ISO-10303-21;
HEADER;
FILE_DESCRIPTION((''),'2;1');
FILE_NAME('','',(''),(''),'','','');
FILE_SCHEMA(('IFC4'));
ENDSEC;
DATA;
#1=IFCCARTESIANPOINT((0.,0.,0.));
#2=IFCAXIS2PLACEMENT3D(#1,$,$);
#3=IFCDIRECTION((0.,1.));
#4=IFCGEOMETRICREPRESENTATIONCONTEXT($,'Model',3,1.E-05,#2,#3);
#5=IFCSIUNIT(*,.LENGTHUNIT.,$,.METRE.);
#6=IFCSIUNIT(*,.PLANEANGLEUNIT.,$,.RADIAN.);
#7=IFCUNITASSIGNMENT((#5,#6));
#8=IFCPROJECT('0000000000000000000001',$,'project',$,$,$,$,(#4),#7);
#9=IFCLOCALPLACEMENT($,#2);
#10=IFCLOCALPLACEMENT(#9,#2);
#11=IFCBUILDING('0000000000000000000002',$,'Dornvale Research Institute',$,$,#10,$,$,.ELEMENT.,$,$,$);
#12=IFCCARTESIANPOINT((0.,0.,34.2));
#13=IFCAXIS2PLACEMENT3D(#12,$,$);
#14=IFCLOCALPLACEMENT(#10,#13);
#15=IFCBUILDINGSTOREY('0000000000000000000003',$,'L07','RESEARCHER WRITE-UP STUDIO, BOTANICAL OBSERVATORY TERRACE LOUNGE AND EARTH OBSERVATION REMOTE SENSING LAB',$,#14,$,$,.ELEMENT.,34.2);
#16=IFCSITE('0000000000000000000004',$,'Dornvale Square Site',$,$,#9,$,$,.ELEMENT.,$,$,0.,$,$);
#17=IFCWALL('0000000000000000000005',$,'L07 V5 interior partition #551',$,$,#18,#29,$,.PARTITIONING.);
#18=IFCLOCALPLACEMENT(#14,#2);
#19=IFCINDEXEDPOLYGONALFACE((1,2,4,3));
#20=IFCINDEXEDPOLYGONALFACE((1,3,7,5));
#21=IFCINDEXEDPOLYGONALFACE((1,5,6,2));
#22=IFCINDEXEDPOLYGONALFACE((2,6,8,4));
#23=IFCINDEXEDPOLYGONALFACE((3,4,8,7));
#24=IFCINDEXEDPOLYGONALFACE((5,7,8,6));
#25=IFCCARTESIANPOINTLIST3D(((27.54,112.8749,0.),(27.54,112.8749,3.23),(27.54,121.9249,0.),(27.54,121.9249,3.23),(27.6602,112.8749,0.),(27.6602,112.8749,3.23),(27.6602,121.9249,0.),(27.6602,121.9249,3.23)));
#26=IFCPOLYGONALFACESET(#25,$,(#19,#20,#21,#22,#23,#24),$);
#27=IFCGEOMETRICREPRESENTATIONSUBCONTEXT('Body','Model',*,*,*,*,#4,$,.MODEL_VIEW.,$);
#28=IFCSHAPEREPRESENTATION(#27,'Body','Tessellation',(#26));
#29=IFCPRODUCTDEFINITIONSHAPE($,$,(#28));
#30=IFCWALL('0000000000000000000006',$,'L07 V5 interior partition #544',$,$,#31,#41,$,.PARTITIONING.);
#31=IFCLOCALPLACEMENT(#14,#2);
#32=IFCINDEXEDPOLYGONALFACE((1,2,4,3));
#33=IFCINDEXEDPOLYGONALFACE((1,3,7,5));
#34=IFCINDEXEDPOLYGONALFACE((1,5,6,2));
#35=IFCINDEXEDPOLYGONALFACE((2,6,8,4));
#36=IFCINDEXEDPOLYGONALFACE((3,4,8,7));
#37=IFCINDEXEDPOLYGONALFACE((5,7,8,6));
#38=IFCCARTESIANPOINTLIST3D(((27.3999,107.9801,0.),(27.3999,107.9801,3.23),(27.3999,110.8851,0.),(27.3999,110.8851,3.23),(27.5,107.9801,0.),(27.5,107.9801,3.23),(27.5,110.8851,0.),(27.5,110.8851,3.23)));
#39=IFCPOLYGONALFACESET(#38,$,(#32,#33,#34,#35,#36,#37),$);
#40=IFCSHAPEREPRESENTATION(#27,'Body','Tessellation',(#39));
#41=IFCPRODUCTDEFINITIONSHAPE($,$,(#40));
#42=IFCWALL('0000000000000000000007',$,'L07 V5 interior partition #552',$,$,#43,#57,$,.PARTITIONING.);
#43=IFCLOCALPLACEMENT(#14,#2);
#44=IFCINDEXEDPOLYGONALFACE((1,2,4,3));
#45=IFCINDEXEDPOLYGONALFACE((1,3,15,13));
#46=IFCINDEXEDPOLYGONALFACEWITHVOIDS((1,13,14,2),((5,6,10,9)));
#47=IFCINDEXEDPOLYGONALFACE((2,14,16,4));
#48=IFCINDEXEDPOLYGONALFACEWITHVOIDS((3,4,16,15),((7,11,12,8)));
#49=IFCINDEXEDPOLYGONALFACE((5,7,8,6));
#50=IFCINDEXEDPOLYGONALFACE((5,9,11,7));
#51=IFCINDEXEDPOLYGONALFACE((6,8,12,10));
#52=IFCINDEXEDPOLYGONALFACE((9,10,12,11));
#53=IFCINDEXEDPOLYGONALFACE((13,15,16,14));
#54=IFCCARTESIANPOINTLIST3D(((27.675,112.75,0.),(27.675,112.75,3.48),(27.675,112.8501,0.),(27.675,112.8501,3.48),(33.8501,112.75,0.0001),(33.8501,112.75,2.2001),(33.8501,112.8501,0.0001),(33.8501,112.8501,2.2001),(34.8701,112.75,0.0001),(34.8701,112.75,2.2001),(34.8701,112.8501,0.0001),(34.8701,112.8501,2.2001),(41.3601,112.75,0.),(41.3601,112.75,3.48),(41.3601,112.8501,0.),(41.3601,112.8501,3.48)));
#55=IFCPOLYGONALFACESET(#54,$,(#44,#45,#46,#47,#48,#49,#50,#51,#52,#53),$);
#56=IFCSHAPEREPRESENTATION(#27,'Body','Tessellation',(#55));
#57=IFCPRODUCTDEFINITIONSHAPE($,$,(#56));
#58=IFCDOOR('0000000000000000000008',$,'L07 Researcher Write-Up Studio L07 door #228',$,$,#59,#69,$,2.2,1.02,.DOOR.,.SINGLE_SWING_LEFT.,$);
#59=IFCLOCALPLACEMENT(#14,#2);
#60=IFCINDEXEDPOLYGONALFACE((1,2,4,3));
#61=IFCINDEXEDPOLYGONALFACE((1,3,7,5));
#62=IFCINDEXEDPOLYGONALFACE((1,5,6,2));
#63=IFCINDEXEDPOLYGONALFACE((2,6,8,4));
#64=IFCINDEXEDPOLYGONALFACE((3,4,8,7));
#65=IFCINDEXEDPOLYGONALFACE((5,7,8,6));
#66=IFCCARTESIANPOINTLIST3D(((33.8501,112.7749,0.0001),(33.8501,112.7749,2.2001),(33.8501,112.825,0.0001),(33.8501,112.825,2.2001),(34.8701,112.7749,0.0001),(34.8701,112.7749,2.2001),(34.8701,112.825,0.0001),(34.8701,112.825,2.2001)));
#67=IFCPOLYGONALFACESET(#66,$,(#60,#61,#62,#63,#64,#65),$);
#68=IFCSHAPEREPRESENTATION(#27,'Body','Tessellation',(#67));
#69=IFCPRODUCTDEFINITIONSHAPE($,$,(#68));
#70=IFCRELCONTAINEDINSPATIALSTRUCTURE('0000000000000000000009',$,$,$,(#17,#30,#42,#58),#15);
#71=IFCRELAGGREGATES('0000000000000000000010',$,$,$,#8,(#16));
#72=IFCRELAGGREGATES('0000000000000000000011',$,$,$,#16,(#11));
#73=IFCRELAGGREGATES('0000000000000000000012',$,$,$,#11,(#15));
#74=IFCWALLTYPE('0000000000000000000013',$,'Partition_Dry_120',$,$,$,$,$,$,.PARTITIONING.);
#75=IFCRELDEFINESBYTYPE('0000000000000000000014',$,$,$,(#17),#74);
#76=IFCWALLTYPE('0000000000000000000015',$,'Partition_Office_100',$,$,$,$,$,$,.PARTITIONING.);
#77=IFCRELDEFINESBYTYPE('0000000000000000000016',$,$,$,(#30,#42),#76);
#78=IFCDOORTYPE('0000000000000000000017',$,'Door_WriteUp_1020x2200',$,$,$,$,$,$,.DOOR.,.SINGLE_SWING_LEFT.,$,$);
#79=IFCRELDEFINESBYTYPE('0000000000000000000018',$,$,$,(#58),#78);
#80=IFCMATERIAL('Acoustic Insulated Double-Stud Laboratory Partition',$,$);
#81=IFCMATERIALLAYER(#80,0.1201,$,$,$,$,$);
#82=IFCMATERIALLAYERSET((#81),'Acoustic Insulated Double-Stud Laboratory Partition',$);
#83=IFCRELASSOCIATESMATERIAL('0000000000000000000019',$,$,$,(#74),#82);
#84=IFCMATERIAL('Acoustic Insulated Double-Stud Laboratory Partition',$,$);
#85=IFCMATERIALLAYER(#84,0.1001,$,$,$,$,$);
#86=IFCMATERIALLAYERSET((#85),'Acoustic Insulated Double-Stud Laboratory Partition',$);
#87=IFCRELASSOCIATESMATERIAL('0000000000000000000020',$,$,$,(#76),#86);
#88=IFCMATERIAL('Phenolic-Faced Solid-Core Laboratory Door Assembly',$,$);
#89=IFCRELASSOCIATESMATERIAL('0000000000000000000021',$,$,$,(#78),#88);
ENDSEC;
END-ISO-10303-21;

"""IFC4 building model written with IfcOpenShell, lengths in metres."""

from ifc_helpers import new_model, si_unit, direction, frame, frame_2d, origin, place, context, subcontext, project, spatial, rectangle, extrude, material, layer, layer_set, type_object, element, fill, save


model = new_model("IFC4")

# Units and contexts
model_context = context("Model", 3, precision=1e-05, world=origin(), true_north=direction((0.0, 1.0)))
body_context = subcontext(model_context, "Body", "Model", "MODEL_VIEW")
ifc_project = project(units=[si_unit("LENGTHUNIT", "METRE"), si_unit("PLANEANGLEUNIT", "RADIAN")], contexts=[model_context])

# Site, building, storey
site_placement = place(None, origin())
site = spatial("IfcSite", under=ifc_project, at=site_placement, Name="Dornvale Square Site", CompositionType="ELEMENT", RefElevation=0.0)
building_placement = place(site_placement, origin())
building = spatial("IfcBuilding", under=site, at=building_placement, Name="Dornvale Research Institute", CompositionType="ELEMENT")
storey_placement = place(building_placement, frame((0.0, 0.0, 34.2)))
storey = spatial("IfcBuildingStorey", under=building, at=storey_placement, Name="L07", Description="RESEARCHER WRITE-UP STUDIO, BOTANICAL OBSERVATORY TERRACE LOUNGE AND EARTH OBSERVATION REMOTE SENSING LAB", CompositionType="ELEMENT", Elevation=34.2)

# Shared definitions
ifc_material_1 = material(Name="Acoustic Insulated Double-Stud Laboratory Partition")
ifc_layer_1 = layer(ifc_material_1, 0.1201)
ifc_layer_set_1 = layer_set([ifc_layer_1], Name="Acoustic Insulated Double-Stud Laboratory Partition")
wall_type_1 = type_object("IfcWallType", Name="Partition_Dry_120", PredefinedType="PARTITIONING", material=ifc_layer_set_1)

# Wall
wall_1_placement = place(storey_placement, frame((27.6001, 112.875, 0.0), z_axis=(0.0, 0.0, 1.0), x_axis=(0.0, 1.0, 0.0)))
element("IfcWall", 1, at=wall_1_placement, inside=storey, type_object=wall_type_1, Name="L07 V5 interior partition #551", PredefinedType="PARTITIONING", context=body_context, shape_type="SweptSolid", body=[
    extrude(rectangle(XDim=9.05, YDim=0.1201, at=frame_2d((4.5249, 0.0))), origin(), (0.0, 0.0, 1.0), 3.23),
])

# Shared definitions
ifc_material_2 = material(Name="Acoustic Insulated Double-Stud Laboratory Partition")
ifc_layer_2 = layer(ifc_material_2, 0.1001)
ifc_layer_set_2 = layer_set([ifc_layer_2], Name="Acoustic Insulated Double-Stud Laboratory Partition")
wall_type_2 = type_object("IfcWallType", Name="Partition_Office_100", PredefinedType="PARTITIONING", material=ifc_layer_set_2)

# Wall
wall_2_placement = place(storey_placement, frame((27.45, 107.98, 0.0), z_axis=(0.0, 0.0, 1.0), x_axis=(0.0, 1.0, 0.0)))
element("IfcWall", 2, at=wall_2_placement, inside=storey, type_object=wall_type_2, Name="L07 V5 interior partition #544", PredefinedType="PARTITIONING", context=body_context, shape_type="SweptSolid", body=[
    extrude(rectangle(XDim=2.905, YDim=0.1001, at=frame_2d((1.4526, 0.0))), origin(), (0.0, 0.0, 1.0), 3.23),
])

# Wall, opening, door
wall_3_placement = place(storey_placement, frame((27.675, 112.8, 0.0), z_axis=(0.0, 0.0, 1.0), x_axis=(1.0, 0.0, 0.0)))
wall_3 = element("IfcWall", 3, at=wall_3_placement, inside=storey, type_object=wall_type_2, Name="L07 V5 interior partition #552", PredefinedType="PARTITIONING", context=body_context, shape_type="SweptSolid", body=[
    extrude(rectangle(XDim=13.6851, YDim=0.1001, at=frame_2d((6.8425, 0.0))), origin(), (0.0, 0.0, 1.0), 3.48),
])
opening_1_placement = place(wall_3_placement, frame((6.175, 0.0, 0.0)))
opening_1 = element("IfcOpeningElement", 4, at=opening_1_placement, cuts=wall_3, PredefinedType="OPENING", context=body_context, shape_type="SweptSolid", body=[
    extrude(rectangle(XDim=1.02, YDim=2.2, at=frame_2d((0.51, 1.1001))), frame((0.0, 0.0649, 0.0), z_axis=(0.0, -1.0, 0.0), x_axis=(1.0, 0.0, 0.0)), (0.0, 0.0, 1.0), 0.1301),
])
ifc_material_3 = material(Name="Phenolic-Faced Solid-Core Laboratory Door Assembly")
door_type_1 = type_object("IfcDoorType", Name="Door_WriteUp_1020x2200", OperationType="SINGLE_SWING_LEFT", PredefinedType="DOOR", material=ifc_material_3)
door_1_placement = place(opening_1_placement, origin())
door_1 = element("IfcDoor", 5, at=door_1_placement, inside=storey, type_object=door_type_1, Name="L07 Researcher Write-Up Studio L07 door #228", OperationType="SINGLE_SWING_LEFT", OverallHeight=2.2, OverallWidth=1.02, PredefinedType="DOOR", context=body_context, shape_type="SweptSolid", body=[
    extrude(rectangle(XDim=1.02, YDim=2.2, at=frame_2d((0.51, 1.1001))), frame((0.0, 0.0249, 0.0), z_axis=(0.0, -1.0, 0.0), x_axis=(1.0, 0.0, 0.0)), (0.0, 0.0, 1.0), 0.05),
])
fill(opening_1, door_1)

save(model, "model.ifc")
